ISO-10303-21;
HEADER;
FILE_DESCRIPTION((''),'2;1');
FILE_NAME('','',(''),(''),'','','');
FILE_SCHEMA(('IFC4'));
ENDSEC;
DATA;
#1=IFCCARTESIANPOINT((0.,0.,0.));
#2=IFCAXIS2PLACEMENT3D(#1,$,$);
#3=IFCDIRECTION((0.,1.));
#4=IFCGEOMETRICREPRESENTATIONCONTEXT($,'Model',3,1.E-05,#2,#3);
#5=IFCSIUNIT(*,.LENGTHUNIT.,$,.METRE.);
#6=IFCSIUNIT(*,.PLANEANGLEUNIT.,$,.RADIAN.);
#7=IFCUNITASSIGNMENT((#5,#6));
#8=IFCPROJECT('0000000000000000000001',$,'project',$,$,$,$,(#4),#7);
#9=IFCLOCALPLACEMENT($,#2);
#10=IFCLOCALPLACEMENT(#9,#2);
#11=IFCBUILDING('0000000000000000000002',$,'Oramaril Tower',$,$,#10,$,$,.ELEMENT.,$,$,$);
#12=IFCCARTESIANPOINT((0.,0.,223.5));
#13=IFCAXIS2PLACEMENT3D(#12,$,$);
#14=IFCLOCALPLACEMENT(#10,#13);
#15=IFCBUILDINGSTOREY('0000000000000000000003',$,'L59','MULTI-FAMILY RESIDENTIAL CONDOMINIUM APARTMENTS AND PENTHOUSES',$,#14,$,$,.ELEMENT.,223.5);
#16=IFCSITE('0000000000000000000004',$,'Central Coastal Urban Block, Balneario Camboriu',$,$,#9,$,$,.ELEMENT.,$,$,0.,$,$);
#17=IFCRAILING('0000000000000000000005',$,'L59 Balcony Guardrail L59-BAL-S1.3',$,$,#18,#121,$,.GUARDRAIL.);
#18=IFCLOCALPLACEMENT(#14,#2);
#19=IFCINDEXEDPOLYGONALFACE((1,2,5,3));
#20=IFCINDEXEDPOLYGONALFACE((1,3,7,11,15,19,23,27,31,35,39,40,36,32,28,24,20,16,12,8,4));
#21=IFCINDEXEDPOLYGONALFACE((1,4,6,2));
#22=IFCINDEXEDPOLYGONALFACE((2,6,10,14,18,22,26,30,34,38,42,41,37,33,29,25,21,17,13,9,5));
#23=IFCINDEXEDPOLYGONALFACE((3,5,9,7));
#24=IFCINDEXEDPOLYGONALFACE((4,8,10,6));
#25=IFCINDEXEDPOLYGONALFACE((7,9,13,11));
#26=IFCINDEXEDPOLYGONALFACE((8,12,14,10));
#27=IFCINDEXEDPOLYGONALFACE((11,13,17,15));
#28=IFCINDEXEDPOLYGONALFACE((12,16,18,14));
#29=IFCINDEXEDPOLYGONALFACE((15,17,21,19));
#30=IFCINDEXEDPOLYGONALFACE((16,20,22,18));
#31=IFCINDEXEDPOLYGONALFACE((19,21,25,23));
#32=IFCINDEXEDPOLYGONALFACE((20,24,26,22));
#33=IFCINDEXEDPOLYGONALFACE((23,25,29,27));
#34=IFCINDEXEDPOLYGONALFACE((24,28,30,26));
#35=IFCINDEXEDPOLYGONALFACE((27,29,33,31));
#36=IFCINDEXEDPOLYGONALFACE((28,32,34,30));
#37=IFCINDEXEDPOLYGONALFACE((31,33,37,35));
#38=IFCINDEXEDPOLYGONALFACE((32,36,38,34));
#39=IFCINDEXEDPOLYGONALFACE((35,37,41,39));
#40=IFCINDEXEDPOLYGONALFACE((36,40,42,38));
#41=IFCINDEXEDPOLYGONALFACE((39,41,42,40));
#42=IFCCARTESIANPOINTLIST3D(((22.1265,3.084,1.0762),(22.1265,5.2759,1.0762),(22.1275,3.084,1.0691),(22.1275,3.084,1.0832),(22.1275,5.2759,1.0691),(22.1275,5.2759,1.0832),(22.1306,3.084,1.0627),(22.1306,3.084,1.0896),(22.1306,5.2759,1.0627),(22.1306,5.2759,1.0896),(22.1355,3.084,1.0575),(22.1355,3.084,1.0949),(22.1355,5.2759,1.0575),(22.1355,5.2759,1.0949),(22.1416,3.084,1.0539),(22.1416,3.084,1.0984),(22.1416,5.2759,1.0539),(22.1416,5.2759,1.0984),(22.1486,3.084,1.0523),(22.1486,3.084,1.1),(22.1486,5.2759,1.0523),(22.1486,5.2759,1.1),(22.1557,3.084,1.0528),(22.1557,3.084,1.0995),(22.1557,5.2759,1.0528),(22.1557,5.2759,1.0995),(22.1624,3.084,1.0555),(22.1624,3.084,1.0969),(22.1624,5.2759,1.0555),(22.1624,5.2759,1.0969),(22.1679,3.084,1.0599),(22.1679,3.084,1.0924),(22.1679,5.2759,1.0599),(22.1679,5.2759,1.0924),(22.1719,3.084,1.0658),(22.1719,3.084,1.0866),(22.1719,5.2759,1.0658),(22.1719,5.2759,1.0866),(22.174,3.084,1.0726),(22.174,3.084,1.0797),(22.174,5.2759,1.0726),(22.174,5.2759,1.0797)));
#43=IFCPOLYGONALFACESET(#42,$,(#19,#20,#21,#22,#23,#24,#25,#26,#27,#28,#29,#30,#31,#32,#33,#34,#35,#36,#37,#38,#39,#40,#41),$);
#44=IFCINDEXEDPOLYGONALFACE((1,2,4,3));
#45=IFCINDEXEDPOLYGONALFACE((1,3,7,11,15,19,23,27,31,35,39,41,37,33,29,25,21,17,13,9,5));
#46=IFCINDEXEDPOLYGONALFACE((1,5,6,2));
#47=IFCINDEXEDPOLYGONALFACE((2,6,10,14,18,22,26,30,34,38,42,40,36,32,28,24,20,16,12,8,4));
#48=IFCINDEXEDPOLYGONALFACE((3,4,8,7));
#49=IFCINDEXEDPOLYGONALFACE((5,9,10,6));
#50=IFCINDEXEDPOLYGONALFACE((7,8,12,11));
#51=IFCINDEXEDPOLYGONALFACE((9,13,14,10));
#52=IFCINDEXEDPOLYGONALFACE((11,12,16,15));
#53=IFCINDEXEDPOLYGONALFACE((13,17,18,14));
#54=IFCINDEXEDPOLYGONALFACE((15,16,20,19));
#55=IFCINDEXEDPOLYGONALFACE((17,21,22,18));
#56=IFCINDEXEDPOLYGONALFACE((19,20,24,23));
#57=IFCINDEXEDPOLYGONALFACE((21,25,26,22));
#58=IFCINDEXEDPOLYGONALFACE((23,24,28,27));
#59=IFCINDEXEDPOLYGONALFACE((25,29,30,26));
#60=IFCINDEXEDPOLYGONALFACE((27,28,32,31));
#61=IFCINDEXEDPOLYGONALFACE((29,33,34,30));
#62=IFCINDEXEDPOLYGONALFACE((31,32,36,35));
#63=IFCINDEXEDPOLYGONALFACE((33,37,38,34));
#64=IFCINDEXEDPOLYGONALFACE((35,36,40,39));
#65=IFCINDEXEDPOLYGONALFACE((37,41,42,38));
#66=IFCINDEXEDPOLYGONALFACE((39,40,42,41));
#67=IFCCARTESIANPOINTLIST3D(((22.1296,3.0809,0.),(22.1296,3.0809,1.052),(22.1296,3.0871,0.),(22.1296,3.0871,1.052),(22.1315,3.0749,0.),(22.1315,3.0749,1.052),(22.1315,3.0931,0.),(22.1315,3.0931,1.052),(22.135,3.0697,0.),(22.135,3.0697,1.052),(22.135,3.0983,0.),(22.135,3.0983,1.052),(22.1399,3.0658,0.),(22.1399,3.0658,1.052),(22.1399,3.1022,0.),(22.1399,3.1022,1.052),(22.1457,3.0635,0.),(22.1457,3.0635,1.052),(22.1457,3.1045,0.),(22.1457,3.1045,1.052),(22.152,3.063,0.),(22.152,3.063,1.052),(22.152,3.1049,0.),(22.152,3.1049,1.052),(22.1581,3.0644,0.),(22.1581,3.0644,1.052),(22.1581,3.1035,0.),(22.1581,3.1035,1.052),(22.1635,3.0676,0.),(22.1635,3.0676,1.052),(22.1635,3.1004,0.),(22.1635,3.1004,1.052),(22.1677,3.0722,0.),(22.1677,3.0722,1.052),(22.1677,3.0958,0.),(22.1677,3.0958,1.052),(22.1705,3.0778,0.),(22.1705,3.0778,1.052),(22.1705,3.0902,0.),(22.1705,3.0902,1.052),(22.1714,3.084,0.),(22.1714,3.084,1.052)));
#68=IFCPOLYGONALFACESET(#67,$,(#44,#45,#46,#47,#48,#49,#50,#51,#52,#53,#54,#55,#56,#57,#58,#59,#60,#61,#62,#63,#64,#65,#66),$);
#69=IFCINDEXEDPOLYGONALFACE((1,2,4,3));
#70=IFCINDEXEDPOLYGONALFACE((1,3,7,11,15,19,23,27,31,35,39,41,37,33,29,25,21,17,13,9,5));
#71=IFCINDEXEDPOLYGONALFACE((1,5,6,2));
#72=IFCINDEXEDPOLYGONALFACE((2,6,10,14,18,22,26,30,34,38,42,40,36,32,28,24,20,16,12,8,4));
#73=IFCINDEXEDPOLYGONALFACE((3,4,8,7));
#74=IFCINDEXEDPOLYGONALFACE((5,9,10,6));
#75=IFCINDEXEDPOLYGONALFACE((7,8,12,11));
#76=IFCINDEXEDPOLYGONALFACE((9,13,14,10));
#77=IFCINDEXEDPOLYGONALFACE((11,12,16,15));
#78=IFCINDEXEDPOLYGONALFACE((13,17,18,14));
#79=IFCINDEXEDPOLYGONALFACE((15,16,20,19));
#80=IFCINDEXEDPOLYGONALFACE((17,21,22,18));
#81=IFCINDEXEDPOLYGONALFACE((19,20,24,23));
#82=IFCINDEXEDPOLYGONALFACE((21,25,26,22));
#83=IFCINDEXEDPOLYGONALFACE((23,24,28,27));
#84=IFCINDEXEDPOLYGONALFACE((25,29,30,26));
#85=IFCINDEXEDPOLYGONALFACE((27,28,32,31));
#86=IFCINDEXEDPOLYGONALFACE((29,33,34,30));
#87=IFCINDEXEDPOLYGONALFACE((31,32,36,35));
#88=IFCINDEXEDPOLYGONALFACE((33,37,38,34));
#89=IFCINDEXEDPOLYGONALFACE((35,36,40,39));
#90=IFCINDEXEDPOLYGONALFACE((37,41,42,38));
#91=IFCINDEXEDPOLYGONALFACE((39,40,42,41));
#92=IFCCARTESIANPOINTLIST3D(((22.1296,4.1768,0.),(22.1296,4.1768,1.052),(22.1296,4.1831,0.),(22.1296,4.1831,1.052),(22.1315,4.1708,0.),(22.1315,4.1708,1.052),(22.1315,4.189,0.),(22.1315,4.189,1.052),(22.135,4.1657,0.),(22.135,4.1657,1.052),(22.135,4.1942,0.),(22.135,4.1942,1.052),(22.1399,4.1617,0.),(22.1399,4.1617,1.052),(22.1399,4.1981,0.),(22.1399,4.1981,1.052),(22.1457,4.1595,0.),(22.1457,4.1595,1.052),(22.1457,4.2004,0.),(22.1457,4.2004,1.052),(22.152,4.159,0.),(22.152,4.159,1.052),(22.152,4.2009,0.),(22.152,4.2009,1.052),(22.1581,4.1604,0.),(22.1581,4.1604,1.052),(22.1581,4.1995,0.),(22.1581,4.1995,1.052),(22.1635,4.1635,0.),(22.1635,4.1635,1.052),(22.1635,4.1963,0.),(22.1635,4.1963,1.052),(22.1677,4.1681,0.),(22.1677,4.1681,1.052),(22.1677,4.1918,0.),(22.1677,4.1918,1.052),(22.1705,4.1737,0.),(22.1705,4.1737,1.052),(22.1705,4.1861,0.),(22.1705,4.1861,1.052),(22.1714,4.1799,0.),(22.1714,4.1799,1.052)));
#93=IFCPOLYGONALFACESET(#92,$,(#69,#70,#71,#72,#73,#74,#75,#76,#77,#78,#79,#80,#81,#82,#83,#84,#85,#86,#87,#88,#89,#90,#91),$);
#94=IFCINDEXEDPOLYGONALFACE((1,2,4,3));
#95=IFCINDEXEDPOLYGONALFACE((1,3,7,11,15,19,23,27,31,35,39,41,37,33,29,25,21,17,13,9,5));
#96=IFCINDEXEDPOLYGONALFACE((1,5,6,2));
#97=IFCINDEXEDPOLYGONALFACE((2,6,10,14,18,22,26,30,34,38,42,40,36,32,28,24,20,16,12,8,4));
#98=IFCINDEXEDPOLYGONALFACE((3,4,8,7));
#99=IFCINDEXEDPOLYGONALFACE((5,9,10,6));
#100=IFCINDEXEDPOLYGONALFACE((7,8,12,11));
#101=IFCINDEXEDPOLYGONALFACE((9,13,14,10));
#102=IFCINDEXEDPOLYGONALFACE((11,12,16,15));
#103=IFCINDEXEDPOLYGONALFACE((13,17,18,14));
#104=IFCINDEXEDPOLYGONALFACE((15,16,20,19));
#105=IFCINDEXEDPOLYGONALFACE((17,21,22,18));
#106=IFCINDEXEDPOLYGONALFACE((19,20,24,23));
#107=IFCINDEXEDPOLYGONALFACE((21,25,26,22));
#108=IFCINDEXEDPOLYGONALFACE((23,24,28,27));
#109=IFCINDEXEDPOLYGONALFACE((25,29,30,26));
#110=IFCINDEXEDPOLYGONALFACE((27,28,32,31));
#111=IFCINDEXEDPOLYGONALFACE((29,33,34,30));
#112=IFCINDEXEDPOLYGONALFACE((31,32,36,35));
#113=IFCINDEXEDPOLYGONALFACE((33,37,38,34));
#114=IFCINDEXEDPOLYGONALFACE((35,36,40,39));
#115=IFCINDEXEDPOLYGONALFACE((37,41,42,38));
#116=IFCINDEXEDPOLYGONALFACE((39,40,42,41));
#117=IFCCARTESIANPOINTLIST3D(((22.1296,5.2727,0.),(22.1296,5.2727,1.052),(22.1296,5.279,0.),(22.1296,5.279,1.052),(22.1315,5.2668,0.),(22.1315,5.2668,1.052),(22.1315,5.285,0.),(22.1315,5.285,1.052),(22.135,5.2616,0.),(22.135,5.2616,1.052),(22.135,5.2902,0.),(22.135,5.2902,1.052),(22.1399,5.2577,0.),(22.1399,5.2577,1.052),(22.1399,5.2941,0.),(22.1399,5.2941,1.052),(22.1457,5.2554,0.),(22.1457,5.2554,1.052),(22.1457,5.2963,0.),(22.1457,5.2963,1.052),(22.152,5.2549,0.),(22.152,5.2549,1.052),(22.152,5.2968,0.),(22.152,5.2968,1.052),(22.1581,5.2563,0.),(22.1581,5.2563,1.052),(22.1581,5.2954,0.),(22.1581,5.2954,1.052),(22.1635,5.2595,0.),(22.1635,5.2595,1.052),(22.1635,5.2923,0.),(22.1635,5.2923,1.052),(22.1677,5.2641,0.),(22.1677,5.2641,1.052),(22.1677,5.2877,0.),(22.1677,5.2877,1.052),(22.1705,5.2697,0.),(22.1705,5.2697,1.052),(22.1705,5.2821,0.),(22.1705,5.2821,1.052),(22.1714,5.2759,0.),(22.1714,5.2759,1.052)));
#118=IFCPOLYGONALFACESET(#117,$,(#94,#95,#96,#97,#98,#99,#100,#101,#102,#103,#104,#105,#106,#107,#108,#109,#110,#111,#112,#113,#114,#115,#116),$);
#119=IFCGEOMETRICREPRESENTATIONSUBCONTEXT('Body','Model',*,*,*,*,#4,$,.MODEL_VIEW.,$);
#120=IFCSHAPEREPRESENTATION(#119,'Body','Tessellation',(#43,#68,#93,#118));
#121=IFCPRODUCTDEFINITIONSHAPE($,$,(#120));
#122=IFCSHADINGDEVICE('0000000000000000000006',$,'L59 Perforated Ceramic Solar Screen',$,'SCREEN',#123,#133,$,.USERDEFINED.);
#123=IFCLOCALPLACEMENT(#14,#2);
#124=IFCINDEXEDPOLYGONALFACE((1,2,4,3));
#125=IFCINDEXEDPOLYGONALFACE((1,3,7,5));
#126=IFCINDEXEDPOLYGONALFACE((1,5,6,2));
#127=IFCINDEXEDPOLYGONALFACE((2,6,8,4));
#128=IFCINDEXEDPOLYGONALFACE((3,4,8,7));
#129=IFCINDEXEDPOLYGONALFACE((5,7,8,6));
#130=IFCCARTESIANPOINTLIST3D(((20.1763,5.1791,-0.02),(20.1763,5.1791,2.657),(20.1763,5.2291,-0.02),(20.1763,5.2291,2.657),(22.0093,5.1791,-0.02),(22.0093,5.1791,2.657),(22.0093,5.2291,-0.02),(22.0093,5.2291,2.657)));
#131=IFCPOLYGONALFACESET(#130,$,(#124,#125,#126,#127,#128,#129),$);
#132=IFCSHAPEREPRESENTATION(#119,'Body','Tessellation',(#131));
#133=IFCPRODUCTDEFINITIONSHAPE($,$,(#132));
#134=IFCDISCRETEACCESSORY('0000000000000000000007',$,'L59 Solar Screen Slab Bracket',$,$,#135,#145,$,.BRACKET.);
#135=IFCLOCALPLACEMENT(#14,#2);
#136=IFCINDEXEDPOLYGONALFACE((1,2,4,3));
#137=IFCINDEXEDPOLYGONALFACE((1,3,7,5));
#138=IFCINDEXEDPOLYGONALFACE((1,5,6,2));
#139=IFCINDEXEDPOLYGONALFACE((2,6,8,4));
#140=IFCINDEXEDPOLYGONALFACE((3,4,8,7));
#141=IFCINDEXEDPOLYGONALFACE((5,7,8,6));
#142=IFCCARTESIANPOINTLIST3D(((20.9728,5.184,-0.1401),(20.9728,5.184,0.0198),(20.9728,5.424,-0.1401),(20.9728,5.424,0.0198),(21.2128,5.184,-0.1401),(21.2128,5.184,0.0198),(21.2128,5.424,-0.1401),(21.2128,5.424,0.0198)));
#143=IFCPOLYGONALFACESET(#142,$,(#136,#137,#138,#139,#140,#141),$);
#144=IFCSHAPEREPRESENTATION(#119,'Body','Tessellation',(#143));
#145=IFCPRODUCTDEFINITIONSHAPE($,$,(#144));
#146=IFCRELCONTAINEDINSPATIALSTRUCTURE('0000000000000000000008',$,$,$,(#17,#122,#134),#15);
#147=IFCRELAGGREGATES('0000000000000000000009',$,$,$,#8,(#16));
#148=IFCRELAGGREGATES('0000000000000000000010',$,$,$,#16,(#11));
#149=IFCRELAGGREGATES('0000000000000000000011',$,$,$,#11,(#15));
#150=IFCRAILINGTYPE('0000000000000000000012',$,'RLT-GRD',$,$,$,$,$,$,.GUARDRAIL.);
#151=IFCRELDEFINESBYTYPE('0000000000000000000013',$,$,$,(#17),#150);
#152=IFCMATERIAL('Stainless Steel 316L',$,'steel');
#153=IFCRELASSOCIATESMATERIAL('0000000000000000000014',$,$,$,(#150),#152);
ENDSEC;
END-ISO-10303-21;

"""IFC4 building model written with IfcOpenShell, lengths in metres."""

from ifc_helpers import new_model, si_unit, direction, frame, origin, origin_2d, place, context, subcontext, project, spatial, rectangle, circle, extrude, material, type_object, element, save


model = new_model("IFC4")

# Units and contexts
model_context = context("Model", 3, precision=1e-05, world=origin(), true_north=direction((0.0, 1.0)))
body_context = subcontext(model_context, "Body", "Model", "MODEL_VIEW")
ifc_project = project(units=[si_unit("LENGTHUNIT", "METRE"), si_unit("PLANEANGLEUNIT", "RADIAN")], contexts=[model_context])

# Site, building, storey
site_placement = place(None, origin())
site = spatial("IfcSite", under=ifc_project, at=site_placement, Name="Central Coastal Urban Block, Balneario Camboriu", CompositionType="ELEMENT", RefElevation=0.0)
building_placement = place(site_placement, origin())
building = spatial("IfcBuilding", under=site, at=building_placement, Name="Oramaril Tower", CompositionType="ELEMENT")
storey_placement = place(building_placement, frame((0.0, 0.0, 223.5)))
storey = spatial("IfcBuildingStorey", under=building, at=storey_placement, Name="L59", Description="MULTI-FAMILY RESIDENTIAL CONDOMINIUM APARTMENTS AND PENTHOUSES", CompositionType="ELEMENT", Elevation=223.5)

# Railing
ifc_material_1 = material(Name="Stainless Steel 316L", Category="steel")
railing_type = type_object("IfcRailingType", Name="RLT-GRD", PredefinedType="GUARDRAIL", material=ifc_material_1)
railing_placement = place(storey_placement, frame((22.1504, 3.084, 0.0)))
element("IfcRailing", 1, at=railing_placement, inside=storey, type_object=railing_type, Name="L59 Balcony Guardrail L59-BAL-S1.3", PredefinedType="GUARDRAIL", context=body_context, shape_type="SweptSolid", body=[
    extrude(circle(Radius=0.0239, at=origin_2d()), frame((0.0, 0.0, 1.0762), z_axis=(0.0, 1.0, 0.0), x_axis=(-1.0, 0.0, 0.0)), (0.0, 0.0, 1.0), 2.1919),
    extrude(circle(Radius=0.021, at=origin_2d()), origin(), (0.0, 0.0, 1.0), 1.052),
    extrude(circle(Radius=0.021, at=origin_2d()), frame((0.0, 1.0959, 0.0)), (0.0, 0.0, 1.0), 1.052),
    extrude(circle(Radius=0.021, at=origin_2d()), frame((0.0, 2.1919, 0.0)), (0.0, 0.0, 1.0), 1.052),
])

# Shading device
shading_device_placement = place(storey_placement, frame((21.0928, 5.2041, -0.02), z_axis=(0.0, 0.0, 1.0), x_axis=(1.0, 0.0, 0.0)))
element("IfcShadingDevice", 2, at=shading_device_placement, inside=storey, Name="L59 Perforated Ceramic Solar Screen", ObjectType="SCREEN", PredefinedType="USERDEFINED", context=body_context, shape_type="SweptSolid", body=[
    extrude(rectangle(XDim=1.833, YDim=0.05, at=origin_2d()), origin(), (0.0, 0.0, 1.0), 2.677),
])

# Discrete accessory
discrete_accessory_placement = place(storey_placement, frame((21.0928, 5.304, -0.1401), z_axis=(0.0, 0.0, 1.0), x_axis=(1.0, 0.0, 0.0)))
element("IfcDiscreteAccessory", 3, at=discrete_accessory_placement, inside=storey, Name="L59 Solar Screen Slab Bracket", PredefinedType="BRACKET", context=body_context, shape_type="SweptSolid", body=[
    extrude(rectangle(XDim=0.24, YDim=0.24, at=origin_2d()), origin(), (0.0, 0.0, 1.0), 0.1599),
])

save(model, "model.ifc")
